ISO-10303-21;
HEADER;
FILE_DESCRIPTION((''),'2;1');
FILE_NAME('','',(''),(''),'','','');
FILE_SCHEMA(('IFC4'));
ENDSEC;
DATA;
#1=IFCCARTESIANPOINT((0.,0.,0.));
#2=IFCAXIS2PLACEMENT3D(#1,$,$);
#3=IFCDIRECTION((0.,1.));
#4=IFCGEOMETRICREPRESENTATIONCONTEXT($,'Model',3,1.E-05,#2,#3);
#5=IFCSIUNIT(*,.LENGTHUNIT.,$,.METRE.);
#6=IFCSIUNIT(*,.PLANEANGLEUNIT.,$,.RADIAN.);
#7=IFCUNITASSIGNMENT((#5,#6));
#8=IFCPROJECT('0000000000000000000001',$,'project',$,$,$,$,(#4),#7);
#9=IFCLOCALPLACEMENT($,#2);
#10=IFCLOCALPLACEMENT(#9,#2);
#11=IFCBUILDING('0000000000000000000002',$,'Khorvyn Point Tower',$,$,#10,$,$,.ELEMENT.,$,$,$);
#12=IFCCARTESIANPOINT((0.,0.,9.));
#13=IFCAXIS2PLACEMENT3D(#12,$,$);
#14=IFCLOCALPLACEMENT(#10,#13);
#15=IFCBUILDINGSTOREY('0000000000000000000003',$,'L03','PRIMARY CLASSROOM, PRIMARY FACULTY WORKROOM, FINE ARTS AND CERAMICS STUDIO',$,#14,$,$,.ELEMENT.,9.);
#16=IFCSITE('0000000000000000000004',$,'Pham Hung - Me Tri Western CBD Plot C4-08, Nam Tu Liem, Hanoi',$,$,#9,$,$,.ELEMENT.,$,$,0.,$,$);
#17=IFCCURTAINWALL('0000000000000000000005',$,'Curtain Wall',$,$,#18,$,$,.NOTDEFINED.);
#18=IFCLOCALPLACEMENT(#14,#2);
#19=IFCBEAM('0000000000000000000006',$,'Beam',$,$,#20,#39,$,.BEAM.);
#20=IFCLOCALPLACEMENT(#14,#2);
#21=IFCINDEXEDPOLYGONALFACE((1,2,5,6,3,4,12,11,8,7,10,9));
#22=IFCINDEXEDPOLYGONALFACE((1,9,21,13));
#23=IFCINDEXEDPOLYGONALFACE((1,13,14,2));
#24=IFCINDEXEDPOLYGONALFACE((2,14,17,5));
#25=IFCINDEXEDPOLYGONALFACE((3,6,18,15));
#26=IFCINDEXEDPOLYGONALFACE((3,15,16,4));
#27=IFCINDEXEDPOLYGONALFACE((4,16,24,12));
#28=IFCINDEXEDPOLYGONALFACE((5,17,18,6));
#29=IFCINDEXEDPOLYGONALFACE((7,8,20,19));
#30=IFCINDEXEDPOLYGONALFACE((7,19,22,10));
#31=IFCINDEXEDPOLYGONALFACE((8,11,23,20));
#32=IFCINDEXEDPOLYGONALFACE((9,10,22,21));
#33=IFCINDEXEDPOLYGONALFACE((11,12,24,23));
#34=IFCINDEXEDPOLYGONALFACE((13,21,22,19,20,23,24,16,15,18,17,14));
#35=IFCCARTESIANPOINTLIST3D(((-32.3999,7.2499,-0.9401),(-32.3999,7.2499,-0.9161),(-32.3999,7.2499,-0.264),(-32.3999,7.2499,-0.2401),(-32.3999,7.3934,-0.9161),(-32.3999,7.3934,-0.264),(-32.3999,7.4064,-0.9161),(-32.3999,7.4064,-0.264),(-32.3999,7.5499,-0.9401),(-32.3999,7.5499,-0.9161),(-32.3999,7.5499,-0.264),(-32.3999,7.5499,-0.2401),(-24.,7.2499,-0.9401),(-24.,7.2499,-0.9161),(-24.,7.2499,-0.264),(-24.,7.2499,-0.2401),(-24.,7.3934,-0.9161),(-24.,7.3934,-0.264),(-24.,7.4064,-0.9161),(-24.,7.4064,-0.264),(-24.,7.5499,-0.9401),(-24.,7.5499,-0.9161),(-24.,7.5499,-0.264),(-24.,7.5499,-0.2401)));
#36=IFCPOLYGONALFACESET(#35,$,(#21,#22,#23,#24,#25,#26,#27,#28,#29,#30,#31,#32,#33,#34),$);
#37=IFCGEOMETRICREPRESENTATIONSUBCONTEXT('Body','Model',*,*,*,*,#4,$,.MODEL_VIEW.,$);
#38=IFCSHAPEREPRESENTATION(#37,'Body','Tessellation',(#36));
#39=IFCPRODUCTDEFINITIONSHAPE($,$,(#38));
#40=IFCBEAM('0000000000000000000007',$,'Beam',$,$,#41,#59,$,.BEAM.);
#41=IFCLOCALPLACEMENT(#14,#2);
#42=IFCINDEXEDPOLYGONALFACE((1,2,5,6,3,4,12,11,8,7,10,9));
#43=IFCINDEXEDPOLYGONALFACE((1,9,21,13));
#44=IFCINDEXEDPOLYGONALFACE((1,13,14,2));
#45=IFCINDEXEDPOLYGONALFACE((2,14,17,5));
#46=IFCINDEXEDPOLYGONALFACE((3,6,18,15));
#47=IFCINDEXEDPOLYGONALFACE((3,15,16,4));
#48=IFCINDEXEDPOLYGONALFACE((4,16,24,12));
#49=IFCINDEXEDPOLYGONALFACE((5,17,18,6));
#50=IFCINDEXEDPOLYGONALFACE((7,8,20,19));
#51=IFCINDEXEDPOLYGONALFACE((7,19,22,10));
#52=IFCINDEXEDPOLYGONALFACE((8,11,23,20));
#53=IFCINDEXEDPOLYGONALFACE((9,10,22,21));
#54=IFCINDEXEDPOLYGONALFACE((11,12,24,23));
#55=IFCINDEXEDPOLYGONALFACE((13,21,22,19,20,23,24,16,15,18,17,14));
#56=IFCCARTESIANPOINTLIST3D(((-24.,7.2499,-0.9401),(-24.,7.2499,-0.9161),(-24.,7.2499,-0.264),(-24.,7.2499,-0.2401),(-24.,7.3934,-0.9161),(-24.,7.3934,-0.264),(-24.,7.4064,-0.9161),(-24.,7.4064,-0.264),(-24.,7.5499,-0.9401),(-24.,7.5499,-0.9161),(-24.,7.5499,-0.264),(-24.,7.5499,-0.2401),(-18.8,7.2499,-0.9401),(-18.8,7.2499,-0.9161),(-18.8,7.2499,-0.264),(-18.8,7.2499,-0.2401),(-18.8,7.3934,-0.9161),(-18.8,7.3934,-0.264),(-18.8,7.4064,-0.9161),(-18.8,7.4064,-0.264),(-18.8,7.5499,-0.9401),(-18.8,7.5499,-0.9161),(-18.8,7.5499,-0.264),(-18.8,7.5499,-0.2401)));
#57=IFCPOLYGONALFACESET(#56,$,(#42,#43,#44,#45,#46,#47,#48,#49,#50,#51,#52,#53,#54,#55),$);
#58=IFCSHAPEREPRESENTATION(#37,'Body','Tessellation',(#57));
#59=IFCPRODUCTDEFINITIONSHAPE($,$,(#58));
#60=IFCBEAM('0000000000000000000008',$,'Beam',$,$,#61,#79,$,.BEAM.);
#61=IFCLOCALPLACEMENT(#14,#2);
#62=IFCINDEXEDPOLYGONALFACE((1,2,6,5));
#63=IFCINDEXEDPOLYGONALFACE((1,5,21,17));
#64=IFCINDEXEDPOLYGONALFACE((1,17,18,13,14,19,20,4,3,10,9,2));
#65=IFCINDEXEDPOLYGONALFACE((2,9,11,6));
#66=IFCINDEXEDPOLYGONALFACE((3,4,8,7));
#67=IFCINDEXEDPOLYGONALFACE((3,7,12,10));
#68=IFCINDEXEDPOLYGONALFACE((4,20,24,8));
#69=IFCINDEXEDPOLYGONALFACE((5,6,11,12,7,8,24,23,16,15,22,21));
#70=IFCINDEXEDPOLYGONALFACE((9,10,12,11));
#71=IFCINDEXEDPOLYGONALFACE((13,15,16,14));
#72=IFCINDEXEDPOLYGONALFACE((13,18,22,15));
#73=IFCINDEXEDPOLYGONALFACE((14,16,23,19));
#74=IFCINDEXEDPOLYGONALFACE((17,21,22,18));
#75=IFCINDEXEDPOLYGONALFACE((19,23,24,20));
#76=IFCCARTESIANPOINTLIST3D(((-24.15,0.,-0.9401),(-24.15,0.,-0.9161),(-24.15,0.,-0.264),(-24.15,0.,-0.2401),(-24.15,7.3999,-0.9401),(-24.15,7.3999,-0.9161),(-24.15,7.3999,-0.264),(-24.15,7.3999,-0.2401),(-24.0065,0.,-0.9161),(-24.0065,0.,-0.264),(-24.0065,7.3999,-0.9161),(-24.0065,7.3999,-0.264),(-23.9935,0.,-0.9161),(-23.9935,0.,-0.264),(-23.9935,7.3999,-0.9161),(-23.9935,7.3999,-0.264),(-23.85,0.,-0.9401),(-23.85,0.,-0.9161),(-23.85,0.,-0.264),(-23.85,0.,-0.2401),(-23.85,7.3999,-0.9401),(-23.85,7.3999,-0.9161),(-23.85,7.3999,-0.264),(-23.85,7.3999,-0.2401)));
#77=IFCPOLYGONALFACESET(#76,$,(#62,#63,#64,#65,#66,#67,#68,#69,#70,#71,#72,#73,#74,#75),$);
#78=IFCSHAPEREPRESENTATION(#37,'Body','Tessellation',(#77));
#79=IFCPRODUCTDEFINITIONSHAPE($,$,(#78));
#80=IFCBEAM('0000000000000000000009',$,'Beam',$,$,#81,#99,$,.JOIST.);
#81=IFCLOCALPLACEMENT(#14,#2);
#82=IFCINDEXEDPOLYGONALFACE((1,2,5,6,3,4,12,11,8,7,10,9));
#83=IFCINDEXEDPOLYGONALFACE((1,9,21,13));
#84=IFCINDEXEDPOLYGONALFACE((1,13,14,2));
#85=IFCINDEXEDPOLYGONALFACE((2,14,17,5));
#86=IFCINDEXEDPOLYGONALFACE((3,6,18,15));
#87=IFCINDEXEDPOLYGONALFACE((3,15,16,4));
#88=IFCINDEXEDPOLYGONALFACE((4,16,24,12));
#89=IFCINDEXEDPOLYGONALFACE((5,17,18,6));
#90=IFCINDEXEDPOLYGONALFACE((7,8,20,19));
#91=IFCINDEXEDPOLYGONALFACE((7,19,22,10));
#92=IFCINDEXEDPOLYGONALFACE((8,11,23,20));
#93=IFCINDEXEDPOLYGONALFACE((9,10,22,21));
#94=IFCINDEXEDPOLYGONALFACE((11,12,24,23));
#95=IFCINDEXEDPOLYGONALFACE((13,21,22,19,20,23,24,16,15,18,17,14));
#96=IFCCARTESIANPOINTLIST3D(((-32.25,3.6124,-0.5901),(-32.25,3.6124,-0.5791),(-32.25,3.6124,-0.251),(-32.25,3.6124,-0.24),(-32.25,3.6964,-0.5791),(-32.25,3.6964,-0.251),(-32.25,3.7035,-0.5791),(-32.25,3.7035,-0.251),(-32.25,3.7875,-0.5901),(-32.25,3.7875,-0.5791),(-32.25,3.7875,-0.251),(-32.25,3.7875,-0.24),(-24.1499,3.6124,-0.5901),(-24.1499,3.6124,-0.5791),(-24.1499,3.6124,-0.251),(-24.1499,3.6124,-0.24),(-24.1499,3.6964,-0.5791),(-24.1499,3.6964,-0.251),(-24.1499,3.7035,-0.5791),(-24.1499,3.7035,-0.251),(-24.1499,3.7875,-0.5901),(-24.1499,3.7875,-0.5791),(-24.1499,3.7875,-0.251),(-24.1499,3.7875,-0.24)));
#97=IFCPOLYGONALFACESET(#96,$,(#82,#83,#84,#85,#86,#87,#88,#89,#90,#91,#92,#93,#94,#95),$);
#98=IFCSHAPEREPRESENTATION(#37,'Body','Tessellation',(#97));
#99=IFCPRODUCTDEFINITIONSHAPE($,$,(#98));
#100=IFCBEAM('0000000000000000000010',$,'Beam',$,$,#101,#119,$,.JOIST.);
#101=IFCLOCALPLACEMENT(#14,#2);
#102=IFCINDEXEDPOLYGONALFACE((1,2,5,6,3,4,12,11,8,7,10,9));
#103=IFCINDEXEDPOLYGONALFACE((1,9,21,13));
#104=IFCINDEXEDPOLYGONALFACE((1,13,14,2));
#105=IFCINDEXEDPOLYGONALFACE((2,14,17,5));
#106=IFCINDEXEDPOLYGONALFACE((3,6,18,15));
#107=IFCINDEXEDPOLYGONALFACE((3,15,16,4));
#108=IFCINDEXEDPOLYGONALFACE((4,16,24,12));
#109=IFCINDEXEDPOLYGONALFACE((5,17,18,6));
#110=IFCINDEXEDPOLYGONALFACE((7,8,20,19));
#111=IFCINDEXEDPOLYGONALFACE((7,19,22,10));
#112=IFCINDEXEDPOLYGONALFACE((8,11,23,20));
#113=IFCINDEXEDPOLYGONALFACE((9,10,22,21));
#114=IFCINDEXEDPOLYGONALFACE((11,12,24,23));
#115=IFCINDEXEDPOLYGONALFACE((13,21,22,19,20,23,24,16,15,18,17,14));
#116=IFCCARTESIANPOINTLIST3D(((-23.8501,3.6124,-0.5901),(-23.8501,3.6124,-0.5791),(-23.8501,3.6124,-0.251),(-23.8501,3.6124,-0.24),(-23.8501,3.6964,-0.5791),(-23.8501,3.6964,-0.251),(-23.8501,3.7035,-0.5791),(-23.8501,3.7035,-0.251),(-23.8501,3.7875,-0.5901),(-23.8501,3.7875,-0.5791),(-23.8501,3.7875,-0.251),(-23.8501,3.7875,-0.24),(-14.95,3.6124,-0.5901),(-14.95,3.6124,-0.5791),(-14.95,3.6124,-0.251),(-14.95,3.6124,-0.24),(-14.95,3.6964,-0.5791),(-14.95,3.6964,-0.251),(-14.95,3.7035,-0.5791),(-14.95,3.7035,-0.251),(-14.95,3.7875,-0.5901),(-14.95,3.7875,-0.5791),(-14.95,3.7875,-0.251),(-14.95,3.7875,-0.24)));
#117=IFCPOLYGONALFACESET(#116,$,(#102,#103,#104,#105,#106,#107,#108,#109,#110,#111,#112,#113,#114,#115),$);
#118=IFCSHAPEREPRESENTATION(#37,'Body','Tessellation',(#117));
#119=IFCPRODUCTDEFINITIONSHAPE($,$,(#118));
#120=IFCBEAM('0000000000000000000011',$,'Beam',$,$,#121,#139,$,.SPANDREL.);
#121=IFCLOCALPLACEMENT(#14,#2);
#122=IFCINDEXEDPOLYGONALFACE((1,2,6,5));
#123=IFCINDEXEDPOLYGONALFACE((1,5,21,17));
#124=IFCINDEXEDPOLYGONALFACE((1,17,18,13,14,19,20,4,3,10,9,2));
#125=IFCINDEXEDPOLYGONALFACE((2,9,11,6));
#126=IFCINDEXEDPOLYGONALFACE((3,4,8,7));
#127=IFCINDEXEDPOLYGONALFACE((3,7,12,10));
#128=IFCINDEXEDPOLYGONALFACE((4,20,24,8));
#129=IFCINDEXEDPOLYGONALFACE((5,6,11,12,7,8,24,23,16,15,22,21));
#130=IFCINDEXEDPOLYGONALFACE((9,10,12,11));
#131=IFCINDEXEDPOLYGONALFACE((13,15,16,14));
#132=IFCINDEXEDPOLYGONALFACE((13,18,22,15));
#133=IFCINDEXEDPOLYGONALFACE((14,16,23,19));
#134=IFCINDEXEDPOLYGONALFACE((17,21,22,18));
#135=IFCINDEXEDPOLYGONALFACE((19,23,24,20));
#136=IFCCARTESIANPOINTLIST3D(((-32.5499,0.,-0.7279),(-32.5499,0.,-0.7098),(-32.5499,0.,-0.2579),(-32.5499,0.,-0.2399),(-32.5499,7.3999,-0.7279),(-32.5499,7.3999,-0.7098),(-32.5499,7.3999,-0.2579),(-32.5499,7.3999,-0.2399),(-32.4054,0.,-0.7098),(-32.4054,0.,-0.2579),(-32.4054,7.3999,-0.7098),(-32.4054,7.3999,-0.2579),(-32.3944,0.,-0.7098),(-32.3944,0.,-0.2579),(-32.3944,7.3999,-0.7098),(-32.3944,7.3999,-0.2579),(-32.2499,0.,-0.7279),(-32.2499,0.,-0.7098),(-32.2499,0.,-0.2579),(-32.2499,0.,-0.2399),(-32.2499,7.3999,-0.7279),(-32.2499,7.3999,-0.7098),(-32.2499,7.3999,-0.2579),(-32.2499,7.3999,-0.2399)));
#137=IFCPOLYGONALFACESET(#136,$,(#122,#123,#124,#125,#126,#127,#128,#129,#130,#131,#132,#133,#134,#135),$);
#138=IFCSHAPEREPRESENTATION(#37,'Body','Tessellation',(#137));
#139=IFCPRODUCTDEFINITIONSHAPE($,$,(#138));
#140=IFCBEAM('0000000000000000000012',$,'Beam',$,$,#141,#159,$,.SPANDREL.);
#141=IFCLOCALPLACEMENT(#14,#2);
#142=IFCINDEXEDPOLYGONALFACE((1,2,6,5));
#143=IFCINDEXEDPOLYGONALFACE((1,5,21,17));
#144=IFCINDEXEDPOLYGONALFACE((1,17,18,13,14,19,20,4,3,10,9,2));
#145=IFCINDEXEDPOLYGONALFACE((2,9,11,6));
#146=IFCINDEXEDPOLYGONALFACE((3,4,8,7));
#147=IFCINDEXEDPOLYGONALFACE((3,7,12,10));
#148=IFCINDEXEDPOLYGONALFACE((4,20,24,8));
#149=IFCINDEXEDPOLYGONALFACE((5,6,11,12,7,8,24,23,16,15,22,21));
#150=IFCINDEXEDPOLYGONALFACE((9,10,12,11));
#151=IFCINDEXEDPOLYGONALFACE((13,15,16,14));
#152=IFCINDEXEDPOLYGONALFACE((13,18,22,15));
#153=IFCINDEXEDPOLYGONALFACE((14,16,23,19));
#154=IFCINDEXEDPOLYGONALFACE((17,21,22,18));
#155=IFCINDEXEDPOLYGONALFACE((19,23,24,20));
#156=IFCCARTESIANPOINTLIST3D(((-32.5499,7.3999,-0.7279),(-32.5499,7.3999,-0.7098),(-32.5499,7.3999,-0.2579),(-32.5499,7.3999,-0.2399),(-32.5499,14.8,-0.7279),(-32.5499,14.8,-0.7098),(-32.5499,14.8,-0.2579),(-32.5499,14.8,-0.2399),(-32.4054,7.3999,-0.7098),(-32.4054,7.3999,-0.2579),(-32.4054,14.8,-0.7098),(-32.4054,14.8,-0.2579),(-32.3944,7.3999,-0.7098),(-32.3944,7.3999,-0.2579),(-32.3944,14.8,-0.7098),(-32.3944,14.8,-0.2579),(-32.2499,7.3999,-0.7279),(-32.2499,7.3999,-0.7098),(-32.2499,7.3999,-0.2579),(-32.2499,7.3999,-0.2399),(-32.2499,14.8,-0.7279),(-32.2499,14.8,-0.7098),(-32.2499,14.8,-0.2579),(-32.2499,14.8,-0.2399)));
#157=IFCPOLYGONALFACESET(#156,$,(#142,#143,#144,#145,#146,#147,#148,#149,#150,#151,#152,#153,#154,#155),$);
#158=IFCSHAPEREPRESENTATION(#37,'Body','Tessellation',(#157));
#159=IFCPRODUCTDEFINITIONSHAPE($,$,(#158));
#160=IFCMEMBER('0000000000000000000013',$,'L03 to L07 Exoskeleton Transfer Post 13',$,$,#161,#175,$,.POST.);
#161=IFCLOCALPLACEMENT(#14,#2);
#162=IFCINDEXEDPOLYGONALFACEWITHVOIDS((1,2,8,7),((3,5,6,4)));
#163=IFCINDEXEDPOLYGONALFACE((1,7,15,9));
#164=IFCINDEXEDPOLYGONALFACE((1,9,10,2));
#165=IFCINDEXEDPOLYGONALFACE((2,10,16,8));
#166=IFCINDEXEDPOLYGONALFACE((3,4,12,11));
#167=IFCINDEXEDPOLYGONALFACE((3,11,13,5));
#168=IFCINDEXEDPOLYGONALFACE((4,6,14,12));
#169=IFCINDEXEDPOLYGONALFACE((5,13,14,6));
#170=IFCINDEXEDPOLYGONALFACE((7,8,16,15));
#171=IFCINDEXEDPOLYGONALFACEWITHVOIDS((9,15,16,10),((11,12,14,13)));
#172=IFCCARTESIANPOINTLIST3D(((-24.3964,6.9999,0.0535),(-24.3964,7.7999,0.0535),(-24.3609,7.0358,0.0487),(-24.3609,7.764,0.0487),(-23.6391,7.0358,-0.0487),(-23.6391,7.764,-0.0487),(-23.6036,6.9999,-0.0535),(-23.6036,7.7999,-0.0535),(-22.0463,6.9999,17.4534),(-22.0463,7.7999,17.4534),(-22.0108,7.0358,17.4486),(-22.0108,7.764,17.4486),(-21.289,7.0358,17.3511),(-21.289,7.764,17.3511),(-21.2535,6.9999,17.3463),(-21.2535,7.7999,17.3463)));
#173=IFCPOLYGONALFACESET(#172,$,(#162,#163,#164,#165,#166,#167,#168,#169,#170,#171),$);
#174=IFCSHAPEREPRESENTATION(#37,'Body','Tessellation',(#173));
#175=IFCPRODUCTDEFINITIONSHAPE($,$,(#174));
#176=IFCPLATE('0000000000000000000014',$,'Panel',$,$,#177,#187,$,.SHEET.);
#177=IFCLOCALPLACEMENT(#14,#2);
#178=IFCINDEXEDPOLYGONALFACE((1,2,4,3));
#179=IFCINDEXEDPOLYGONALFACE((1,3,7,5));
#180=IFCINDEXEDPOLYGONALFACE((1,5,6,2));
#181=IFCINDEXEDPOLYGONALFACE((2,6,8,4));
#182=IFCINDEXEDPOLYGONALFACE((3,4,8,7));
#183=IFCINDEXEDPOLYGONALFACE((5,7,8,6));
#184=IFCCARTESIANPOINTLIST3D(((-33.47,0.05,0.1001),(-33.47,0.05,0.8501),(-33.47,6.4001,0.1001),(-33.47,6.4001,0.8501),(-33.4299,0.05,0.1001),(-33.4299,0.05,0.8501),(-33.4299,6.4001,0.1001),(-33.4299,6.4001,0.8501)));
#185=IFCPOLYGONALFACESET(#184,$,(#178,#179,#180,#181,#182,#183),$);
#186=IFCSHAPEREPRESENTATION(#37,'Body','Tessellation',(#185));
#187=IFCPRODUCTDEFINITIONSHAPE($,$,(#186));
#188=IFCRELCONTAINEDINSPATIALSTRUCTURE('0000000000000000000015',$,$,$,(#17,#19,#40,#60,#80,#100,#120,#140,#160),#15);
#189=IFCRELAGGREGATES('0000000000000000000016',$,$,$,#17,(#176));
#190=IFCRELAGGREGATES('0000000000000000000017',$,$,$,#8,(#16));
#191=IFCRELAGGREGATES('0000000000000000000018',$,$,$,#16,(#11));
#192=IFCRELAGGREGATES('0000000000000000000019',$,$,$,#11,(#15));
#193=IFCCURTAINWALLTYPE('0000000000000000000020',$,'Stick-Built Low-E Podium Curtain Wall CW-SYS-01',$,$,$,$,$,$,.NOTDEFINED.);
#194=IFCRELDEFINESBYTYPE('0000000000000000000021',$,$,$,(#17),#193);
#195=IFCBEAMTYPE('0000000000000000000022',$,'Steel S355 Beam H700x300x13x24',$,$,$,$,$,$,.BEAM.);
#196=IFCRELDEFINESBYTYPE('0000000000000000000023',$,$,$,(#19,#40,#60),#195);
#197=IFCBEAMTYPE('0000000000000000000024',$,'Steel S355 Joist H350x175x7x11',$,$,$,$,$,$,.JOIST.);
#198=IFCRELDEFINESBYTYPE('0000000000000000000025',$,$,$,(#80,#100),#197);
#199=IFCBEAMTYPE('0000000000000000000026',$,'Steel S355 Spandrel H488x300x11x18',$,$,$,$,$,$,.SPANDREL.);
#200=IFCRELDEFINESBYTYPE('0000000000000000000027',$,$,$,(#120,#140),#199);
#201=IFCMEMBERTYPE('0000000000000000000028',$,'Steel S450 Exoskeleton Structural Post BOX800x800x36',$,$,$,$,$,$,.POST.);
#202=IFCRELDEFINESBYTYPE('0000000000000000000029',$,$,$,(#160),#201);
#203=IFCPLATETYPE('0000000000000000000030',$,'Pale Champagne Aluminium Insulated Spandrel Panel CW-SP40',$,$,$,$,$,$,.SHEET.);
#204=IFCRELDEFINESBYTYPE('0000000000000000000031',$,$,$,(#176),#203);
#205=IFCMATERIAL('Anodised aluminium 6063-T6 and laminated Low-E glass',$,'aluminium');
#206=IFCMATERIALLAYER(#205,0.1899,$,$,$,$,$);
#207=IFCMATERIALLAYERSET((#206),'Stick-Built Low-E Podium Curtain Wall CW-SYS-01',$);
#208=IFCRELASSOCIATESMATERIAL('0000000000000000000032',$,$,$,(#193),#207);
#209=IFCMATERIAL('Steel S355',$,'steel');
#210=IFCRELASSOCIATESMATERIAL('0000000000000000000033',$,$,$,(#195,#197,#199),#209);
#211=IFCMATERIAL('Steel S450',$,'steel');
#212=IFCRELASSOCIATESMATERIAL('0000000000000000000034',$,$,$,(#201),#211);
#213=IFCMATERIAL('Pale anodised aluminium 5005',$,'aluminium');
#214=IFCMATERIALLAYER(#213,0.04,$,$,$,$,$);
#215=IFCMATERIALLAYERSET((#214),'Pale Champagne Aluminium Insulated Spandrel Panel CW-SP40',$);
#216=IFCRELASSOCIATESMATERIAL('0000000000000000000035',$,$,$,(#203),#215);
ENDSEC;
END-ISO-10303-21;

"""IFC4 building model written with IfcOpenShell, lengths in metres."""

from ifc_helpers import new_model, si_unit, direction, frame, origin, origin_2d, place, context, subcontext, project, spatial, rectangle, hollow_rectangle, i_section, extrude, material, layer, layer_set, material_profile, profile_set, type_object, element, aggregate, save


model = new_model("IFC4")

# Units and contexts
model_context = context("Model", 3, precision=1e-05, world=origin(), true_north=direction((0.0, 1.0)))
body_context = subcontext(model_context, "Body", "Model", "MODEL_VIEW")
ifc_project = project(units=[si_unit("LENGTHUNIT", "METRE"), si_unit("PLANEANGLEUNIT", "RADIAN")], contexts=[model_context])

# Site, building, storey
site_placement = place(None, origin())
site = spatial("IfcSite", under=ifc_project, at=site_placement, Name="Pham Hung - Me Tri Western CBD Plot C4-08, Nam Tu Liem, Hanoi", CompositionType="ELEMENT", RefElevation=0.0)
building_placement = place(site_placement, origin())
building = spatial("IfcBuilding", under=site, at=building_placement, Name="Khorvyn Point Tower", CompositionType="ELEMENT")
storey_placement = place(building_placement, frame((0.0, 0.0, 9.0)))
storey = spatial("IfcBuildingStorey", under=building, at=storey_placement, Name="L03", Description="PRIMARY CLASSROOM, PRIMARY FACULTY WORKROOM, FINE ARTS AND CERAMICS STUDIO", CompositionType="ELEMENT", Elevation=9.0)

# Curtain wall
ifc_material_1 = material(Name="Anodised aluminium 6063-T6 and laminated Low-E glass", Category="aluminium")
ifc_layer_1 = layer(ifc_material_1, 0.1899)
ifc_layer_set_1 = layer_set([ifc_layer_1], Name="Stick-Built Low-E Podium Curtain Wall CW-SYS-01")
curtain_wall_type = type_object("IfcCurtainWallType", Name="Stick-Built Low-E Podium Curtain Wall CW-SYS-01", PredefinedType="NOTDEFINED", material=ifc_layer_set_1)
curtain_wall_placement = place(storey_placement, origin())
curtain_wall = element("IfcCurtainWall", 1, at=curtain_wall_placement, inside=storey, type_object=curtain_wall_type, Name="Curtain Wall", PredefinedType="NOTDEFINED")

# Beams
ifc_material_2 = material(Name="Steel S355", Category="steel")
ifc_material_profile_1 = material_profile(ifc_material_2, i_section(OverallWidth=0.3, OverallDepth=0.7, WebThickness=0.0129, FlangeThickness=0.0239, at=origin_2d()))
ifc_profile_set_1 = profile_set([ifc_material_profile_1], Name="Steel S355 H700x300x13x24")
beam_type_1 = type_object("IfcBeamType", Name="Steel S355 Beam H700x300x13x24", PredefinedType="BEAM", material=ifc_profile_set_1)
beam_1_placement = place(storey_placement, frame((-32.3999, 7.3999, -0.5901), z_axis=(1.0, 0.0, 0.0), x_axis=(0.0, 1.0, 0.0)))
element("IfcBeam", 2, at=beam_1_placement, inside=storey, type_object=beam_type_1, Name="Beam", PredefinedType="BEAM", context=body_context, shape_type="SweptSolid", body=[
    extrude(i_section(OverallWidth=0.3, OverallDepth=0.7, WebThickness=0.0129, FlangeThickness=0.0239, at=origin_2d()), origin(), (0.0, 0.0, 1.0), 8.3999),
])
beam_2_placement = place(storey_placement, frame((-24.0, 7.3999, -0.5901), z_axis=(1.0, 0.0, 0.0), x_axis=(0.0, 1.0, 0.0)))
element("IfcBeam", 3, at=beam_2_placement, inside=storey, type_object=beam_type_1, Name="Beam", PredefinedType="BEAM", context=body_context, shape_type="SweptSolid", body=[
    extrude(i_section(OverallWidth=0.3, OverallDepth=0.7, WebThickness=0.0129, FlangeThickness=0.0239, at=origin_2d()), origin(), (0.0, 0.0, 1.0), 5.2),
])
beam_3_placement = place(storey_placement, frame((-24.0, 0.0, -0.5901), z_axis=(0.0, 1.0, 0.0), x_axis=(-1.0, 0.0, 0.0)))
element("IfcBeam", 4, at=beam_3_placement, inside=storey, type_object=beam_type_1, Name="Beam", PredefinedType="BEAM", context=body_context, shape_type="SweptSolid", body=[
    extrude(i_section(OverallWidth=0.3, OverallDepth=0.7, WebThickness=0.0129, FlangeThickness=0.0239, at=origin_2d()), origin(), (0.0, 0.0, 1.0), 7.3999),
])
ifc_material_profile_2 = material_profile(ifc_material_2, i_section(OverallWidth=0.175, OverallDepth=0.3501, WebThickness=0.0071, FlangeThickness=0.011, at=origin_2d()))
ifc_profile_set_2 = profile_set([ifc_material_profile_2], Name="Steel S355 H350x175x7x11")
beam_type_2 = type_object("IfcBeamType", Name="Steel S355 Joist H350x175x7x11", PredefinedType="JOIST", material=ifc_profile_set_2)
beam_4_placement = place(storey_placement, frame((-32.25, 3.7, -0.415), z_axis=(1.0, 0.0, 0.0), x_axis=(0.0, 1.0, 0.0)))
element("IfcBeam", 5, at=beam_4_placement, inside=storey, type_object=beam_type_2, Name="Beam", PredefinedType="JOIST", context=body_context, shape_type="SweptSolid", body=[
    extrude(i_section(OverallWidth=0.175, OverallDepth=0.3501, WebThickness=0.0071, FlangeThickness=0.011, at=origin_2d()), origin(), (0.0, 0.0, 1.0), 8.1001),
])
beam_5_placement = place(storey_placement, frame((-23.8501, 3.7, -0.415), z_axis=(1.0, 0.0, 0.0), x_axis=(0.0, 1.0, 0.0)))
element("IfcBeam", 6, at=beam_5_placement, inside=storey, type_object=beam_type_2, Name="Beam", PredefinedType="JOIST", context=body_context, shape_type="SweptSolid", body=[
    extrude(i_section(OverallWidth=0.175, OverallDepth=0.3501, WebThickness=0.0071, FlangeThickness=0.011, at=origin_2d()), origin(), (0.0, 0.0, 1.0), 8.9001),
])
ifc_material_profile_3 = material_profile(ifc_material_2, i_section(OverallWidth=0.3, OverallDepth=0.488, WebThickness=0.011, FlangeThickness=0.0181, at=origin_2d()))
ifc_profile_set_3 = profile_set([ifc_material_profile_3], Name="Steel S355 H488x300x11x18")
beam_type_3 = type_object("IfcBeamType", Name="Steel S355 Spandrel H488x300x11x18", PredefinedType="SPANDREL", material=ifc_profile_set_3)
beam_6_placement = place(storey_placement, frame((-32.3999, 0.0, -0.4839), z_axis=(0.0, 1.0, 0.0), x_axis=(-1.0, 0.0, 0.0)))
element("IfcBeam", 7, at=beam_6_placement, inside=storey, type_object=beam_type_3, Name="Beam", PredefinedType="SPANDREL", context=body_context, shape_type="SweptSolid", body=[
    extrude(i_section(OverallWidth=0.3, OverallDepth=0.488, WebThickness=0.011, FlangeThickness=0.0181, at=origin_2d()), origin(), (0.0, 0.0, 1.0), 7.3999),
])
beam_7_placement = place(storey_placement, frame((-32.3999, 7.3999, -0.4839), z_axis=(0.0, 1.0, 0.0), x_axis=(-1.0, 0.0, 0.0)))
element("IfcBeam", 8, at=beam_7_placement, inside=storey, type_object=beam_type_3, Name="Beam", PredefinedType="SPANDREL", context=body_context, shape_type="SweptSolid", body=[
    extrude(i_section(OverallWidth=0.3, OverallDepth=0.488, WebThickness=0.011, FlangeThickness=0.0181, at=origin_2d()), origin(), (0.0, 0.0, 1.0), 7.4001),
])

# Member
ifc_material_3 = material(Name="Steel S450", Category="steel")
ifc_material_profile_4 = material_profile(ifc_material_3, hollow_rectangle(XDim=0.8, YDim=0.8, WallThickness=0.0359, at=origin_2d()))
ifc_profile_set_4 = profile_set([ifc_material_profile_4], Name="Steel S450 BOX800x800x36")
member_type_1 = type_object("IfcMemberType", Name="Steel S450 Exoskeleton Structural Post BOX800x800x36", PredefinedType="POST", material=ifc_profile_set_4)
member_1_placement = place(storey_placement, frame((-24.0, 7.3999, 0.0), z_axis=(0.133849, 0.0, 0.991002), x_axis=(0.0, 1.0, 0.0)))
element("IfcMember", 9, at=member_1_placement, inside=storey, type_object=member_type_1, Name="L03 to L07 Exoskeleton Transfer Post 13", PredefinedType="POST", context=body_context, shape_type="SweptSolid", body=[
    extrude(hollow_rectangle(XDim=0.8, YDim=0.8, WallThickness=0.0359, at=origin_2d()), origin(), (0.0, 0.0, 1.0), 17.5579),
])

# Plate
ifc_material_4 = material(Name="Pale anodised aluminium 5005", Category="aluminium")
ifc_layer_2 = layer(ifc_material_4, 0.04)
ifc_layer_set_2 = layer_set([ifc_layer_2], Name="Pale Champagne Aluminium Insulated Spandrel Panel CW-SP40")
plate_type_1 = type_object("IfcPlateType", Name="Pale Champagne Aluminium Insulated Spandrel Panel CW-SP40", PredefinedType="SHEET", material=ifc_layer_set_2)
plate_1_placement = place(storey_placement, frame((-33.45, 3.2251, 0.1001), z_axis=(0.0, 0.0, 1.0), x_axis=(0.0, 1.0, 0.0)))
plate_1 = element("IfcPlate", 10, at=plate_1_placement, type_object=plate_type_1, Name="Panel", PredefinedType="SHEET", context=body_context, shape_type="SweptSolid", body=[
    extrude(rectangle(XDim=6.3501, YDim=0.04, at=origin_2d()), origin(), (0.0, 0.0, 1.0), 0.75),
])
aggregate(curtain_wall, [plate_1])

save(model, "model.ifc")
